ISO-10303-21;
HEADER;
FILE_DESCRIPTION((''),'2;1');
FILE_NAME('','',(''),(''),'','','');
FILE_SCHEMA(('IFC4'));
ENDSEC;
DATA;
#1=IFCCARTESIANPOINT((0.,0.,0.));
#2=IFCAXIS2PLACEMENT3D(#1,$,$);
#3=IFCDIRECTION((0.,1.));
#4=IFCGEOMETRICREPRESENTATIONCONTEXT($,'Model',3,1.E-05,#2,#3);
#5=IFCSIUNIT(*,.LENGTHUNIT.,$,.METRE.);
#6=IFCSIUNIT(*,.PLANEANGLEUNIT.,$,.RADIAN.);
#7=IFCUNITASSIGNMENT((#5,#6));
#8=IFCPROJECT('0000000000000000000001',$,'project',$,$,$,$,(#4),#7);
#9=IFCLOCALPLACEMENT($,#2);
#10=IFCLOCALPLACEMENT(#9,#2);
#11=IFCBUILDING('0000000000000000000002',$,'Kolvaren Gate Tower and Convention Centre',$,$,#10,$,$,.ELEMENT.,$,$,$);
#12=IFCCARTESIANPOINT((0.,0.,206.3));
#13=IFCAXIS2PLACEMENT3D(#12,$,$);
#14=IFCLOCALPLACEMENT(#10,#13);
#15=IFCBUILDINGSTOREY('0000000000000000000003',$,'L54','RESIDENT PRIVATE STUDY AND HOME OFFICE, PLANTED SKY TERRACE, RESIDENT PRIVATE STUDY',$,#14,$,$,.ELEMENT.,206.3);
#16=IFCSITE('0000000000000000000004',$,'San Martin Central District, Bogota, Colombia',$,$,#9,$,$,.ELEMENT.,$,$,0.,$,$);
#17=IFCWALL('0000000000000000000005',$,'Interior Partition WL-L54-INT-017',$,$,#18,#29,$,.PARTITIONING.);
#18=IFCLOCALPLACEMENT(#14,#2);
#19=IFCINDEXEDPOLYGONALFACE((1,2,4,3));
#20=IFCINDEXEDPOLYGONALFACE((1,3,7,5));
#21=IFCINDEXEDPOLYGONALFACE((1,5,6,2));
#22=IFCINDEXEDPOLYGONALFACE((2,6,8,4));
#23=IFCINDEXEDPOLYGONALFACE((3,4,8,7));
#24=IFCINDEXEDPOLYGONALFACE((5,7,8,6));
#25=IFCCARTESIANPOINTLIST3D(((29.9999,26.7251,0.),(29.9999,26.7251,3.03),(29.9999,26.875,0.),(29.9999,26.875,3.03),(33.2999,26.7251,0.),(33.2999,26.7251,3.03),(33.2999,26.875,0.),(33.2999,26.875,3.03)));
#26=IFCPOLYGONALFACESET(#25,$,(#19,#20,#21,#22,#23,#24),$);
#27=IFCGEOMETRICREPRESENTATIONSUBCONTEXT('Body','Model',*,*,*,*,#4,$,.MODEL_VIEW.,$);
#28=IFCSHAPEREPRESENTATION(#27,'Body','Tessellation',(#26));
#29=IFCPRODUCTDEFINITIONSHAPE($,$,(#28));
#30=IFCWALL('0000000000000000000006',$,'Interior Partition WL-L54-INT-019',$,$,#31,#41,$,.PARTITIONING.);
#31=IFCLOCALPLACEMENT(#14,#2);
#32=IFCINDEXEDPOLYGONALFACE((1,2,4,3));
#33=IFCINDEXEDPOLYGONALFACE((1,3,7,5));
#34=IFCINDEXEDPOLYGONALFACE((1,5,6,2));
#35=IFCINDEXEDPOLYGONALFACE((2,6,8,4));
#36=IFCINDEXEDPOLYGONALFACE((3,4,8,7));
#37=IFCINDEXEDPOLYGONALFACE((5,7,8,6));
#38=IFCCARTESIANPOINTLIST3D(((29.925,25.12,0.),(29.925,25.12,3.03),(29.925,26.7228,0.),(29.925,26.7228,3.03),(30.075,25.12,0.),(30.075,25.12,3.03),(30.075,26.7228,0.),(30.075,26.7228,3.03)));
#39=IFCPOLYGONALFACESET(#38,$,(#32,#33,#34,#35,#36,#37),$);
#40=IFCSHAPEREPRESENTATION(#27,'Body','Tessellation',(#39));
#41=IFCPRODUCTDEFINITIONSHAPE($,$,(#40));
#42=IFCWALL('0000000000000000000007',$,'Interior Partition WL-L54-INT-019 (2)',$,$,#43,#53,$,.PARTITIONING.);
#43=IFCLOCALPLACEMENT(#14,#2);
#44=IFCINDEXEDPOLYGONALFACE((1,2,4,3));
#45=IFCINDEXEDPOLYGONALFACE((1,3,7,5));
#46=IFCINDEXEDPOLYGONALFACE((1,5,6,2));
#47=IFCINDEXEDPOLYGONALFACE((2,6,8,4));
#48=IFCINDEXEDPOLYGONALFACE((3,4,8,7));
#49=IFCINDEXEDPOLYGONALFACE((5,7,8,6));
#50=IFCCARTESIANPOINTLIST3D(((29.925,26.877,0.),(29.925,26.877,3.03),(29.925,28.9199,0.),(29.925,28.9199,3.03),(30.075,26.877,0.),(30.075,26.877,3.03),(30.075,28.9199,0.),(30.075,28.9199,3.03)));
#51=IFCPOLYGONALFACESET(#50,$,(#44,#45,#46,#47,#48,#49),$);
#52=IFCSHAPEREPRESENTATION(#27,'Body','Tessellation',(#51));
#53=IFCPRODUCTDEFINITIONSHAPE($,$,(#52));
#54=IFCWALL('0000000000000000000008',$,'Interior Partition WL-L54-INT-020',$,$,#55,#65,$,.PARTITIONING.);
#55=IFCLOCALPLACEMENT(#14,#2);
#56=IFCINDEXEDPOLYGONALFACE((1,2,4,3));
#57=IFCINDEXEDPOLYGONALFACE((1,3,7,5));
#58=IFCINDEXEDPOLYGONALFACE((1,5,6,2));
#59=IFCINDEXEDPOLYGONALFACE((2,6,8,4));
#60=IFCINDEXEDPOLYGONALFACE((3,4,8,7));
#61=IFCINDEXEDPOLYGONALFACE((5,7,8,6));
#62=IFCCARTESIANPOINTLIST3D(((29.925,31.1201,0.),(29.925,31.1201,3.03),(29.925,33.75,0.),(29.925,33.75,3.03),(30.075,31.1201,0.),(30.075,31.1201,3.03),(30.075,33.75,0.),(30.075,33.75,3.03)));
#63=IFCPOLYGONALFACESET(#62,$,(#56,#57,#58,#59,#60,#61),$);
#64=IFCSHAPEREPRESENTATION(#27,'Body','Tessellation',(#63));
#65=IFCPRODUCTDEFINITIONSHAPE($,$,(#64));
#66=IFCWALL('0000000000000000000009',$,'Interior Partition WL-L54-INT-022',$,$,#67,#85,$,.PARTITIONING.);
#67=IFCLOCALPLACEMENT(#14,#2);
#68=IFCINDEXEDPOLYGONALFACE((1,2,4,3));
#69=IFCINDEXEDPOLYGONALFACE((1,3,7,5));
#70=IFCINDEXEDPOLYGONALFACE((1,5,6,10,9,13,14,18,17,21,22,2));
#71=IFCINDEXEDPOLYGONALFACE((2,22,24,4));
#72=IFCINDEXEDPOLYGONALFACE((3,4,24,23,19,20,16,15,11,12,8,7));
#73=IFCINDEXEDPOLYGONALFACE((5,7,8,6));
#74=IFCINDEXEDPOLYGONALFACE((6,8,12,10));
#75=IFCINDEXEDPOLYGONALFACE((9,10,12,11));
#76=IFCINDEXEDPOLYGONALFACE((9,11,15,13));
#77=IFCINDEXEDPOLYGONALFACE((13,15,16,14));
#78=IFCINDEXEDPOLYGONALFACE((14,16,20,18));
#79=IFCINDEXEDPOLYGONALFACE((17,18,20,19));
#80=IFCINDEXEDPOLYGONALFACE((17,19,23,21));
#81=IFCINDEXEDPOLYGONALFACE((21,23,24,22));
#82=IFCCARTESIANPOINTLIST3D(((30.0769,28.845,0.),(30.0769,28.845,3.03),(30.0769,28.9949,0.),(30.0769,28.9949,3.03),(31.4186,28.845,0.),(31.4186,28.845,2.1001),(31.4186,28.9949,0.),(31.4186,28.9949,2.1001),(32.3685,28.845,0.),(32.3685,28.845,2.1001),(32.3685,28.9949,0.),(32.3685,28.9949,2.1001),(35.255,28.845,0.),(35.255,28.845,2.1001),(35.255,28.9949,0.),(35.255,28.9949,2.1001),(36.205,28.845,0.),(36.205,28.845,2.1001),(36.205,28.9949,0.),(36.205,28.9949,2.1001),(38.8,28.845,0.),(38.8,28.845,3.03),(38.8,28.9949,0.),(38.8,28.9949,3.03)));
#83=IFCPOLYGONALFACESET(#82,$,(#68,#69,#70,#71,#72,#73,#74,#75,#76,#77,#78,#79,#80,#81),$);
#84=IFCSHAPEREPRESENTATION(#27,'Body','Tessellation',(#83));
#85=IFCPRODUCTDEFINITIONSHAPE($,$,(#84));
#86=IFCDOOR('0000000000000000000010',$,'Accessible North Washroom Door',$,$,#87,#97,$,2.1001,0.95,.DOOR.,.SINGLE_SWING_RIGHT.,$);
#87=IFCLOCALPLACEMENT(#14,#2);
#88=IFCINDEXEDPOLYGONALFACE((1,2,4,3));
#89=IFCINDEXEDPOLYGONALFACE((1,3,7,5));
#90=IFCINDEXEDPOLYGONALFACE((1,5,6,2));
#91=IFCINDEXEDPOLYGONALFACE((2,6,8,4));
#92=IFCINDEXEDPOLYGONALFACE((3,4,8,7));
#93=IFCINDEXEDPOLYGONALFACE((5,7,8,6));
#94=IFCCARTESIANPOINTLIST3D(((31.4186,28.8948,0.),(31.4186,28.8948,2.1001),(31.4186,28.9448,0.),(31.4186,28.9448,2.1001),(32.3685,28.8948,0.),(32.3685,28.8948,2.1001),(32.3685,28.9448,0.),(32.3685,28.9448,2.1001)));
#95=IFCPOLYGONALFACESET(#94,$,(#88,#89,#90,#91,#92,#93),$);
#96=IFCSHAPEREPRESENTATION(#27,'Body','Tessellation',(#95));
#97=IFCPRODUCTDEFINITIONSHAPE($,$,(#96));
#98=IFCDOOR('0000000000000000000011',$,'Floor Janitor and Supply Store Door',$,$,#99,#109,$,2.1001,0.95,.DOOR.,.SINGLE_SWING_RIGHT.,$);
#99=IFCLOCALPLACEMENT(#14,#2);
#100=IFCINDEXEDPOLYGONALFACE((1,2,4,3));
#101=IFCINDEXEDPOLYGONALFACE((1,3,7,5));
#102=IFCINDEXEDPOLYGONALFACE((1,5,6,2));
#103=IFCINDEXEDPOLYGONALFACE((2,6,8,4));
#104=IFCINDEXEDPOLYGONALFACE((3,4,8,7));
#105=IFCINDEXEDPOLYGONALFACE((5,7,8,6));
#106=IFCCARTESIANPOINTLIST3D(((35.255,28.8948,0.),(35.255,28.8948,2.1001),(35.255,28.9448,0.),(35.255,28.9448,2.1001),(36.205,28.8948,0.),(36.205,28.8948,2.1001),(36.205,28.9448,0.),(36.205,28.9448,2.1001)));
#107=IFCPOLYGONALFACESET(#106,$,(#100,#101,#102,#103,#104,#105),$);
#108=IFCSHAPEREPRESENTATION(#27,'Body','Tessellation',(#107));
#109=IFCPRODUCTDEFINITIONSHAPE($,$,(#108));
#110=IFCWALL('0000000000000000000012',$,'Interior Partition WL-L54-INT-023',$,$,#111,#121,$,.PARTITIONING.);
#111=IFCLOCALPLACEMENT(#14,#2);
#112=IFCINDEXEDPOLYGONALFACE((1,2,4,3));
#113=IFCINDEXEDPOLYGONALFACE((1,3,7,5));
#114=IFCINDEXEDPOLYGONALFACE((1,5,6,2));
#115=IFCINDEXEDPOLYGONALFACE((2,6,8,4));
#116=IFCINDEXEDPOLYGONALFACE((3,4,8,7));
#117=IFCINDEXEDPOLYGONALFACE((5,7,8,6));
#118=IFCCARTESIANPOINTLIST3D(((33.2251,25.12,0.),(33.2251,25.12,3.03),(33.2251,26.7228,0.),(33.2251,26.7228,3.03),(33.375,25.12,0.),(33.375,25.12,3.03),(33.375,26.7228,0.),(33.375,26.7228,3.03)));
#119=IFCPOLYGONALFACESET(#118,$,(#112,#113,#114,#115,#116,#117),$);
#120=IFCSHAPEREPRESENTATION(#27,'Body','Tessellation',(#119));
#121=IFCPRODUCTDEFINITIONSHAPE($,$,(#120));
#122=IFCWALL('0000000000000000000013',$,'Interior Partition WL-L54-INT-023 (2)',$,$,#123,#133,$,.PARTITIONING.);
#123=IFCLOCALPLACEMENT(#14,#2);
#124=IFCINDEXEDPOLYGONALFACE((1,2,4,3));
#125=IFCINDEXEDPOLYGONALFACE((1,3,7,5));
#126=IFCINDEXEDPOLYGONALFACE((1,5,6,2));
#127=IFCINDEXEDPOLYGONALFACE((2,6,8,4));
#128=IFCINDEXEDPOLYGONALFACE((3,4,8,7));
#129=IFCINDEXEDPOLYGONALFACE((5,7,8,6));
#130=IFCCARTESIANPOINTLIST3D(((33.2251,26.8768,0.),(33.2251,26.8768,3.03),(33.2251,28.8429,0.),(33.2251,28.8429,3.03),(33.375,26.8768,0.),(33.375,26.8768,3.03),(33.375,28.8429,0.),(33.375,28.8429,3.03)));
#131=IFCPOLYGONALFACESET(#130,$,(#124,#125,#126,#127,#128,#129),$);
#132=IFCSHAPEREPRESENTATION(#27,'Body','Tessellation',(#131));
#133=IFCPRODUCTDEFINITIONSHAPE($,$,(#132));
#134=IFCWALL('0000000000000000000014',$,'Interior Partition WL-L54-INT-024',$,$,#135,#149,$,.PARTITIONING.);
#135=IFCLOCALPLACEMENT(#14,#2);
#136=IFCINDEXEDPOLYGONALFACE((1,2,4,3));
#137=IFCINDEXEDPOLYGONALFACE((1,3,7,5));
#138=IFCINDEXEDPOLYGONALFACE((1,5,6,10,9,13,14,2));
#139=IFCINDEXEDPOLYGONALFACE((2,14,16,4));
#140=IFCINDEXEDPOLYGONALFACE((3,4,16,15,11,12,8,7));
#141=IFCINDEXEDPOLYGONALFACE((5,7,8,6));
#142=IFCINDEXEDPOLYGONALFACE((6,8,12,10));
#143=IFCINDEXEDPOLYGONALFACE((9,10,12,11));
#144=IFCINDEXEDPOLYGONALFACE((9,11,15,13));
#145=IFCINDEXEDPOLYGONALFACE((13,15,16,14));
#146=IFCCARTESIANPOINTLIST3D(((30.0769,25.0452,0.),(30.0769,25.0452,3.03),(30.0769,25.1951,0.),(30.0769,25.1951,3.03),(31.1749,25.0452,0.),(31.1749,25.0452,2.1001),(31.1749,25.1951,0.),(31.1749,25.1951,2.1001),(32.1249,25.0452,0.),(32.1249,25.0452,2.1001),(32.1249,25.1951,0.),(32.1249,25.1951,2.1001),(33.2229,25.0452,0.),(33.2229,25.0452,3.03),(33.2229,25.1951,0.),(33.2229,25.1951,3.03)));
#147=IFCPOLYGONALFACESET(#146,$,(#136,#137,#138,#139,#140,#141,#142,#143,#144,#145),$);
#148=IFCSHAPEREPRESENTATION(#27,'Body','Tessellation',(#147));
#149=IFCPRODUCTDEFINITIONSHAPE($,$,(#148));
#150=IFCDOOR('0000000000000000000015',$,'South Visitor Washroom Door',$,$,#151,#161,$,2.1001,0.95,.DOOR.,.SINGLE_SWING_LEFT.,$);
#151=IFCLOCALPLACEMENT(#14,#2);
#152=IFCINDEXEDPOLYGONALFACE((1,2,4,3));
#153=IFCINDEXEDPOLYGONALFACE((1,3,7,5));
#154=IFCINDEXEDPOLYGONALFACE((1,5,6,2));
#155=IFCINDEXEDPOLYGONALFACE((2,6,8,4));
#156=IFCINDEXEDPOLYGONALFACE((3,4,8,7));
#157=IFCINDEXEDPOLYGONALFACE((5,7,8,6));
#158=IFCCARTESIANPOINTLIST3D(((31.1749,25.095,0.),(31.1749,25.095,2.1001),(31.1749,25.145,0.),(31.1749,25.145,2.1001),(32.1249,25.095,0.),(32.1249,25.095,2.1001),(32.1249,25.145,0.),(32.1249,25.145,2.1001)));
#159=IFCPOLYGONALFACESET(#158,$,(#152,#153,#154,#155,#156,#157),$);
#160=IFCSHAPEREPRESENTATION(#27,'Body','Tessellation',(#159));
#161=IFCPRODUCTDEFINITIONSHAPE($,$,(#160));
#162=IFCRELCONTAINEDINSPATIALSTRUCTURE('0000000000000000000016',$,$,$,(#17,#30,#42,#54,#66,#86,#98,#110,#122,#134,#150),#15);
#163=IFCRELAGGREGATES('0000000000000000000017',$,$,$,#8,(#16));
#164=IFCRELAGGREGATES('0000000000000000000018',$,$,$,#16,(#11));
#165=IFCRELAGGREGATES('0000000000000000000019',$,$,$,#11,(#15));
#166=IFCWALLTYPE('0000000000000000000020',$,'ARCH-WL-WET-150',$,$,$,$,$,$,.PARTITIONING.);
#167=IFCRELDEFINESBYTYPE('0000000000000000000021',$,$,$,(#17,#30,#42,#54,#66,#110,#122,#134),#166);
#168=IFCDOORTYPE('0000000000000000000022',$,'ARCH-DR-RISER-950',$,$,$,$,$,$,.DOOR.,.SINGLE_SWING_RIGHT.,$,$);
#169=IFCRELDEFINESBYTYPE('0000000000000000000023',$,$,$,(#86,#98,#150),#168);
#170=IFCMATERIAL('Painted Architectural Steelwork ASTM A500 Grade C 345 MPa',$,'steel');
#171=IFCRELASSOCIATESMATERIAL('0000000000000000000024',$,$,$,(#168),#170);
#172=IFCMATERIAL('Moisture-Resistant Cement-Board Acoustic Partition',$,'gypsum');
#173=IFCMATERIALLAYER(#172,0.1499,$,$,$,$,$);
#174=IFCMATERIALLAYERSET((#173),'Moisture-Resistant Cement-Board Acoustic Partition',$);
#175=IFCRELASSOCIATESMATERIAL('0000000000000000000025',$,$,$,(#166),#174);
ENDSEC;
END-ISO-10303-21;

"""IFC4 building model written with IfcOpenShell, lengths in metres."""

from ifc_helpers import new_model, si_unit, direction, frame, frame_2d, origin, place, context, subcontext, project, spatial, rectangle, extrude, material, layer, layer_set, type_object, element, fill, save


model = new_model("IFC4")

# Units and contexts
model_context = context("Model", 3, precision=1e-05, world=origin(), true_north=direction((0.0, 1.0)))
body_context = subcontext(model_context, "Body", "Model", "MODEL_VIEW")
ifc_project = project(units=[si_unit("LENGTHUNIT", "METRE"), si_unit("PLANEANGLEUNIT", "RADIAN")], contexts=[model_context])

# Site, building, storey
site_placement = place(None, origin())
site = spatial("IfcSite", under=ifc_project, at=site_placement, Name="San Martin Central District, Bogota, Colombia", CompositionType="ELEMENT", RefElevation=0.0)
building_placement = place(site_placement, origin())
building = spatial("IfcBuilding", under=site, at=building_placement, Name="Kolvaren Gate Tower and Convention Centre", CompositionType="ELEMENT")
storey_placement = place(building_placement, frame((0.0, 0.0, 206.3)))
storey = spatial("IfcBuildingStorey", under=building, at=storey_placement, Name="L54", Description="RESIDENT PRIVATE STUDY AND HOME OFFICE, PLANTED SKY TERRACE, RESIDENT PRIVATE STUDY", CompositionType="ELEMENT", Elevation=206.3)

# Shared definitions
ifc_material_1 = material(Name="Painted Architectural Steelwork ASTM A500 Grade C 345 MPa", Category="steel")
door_type_1 = type_object("IfcDoorType", Name="ARCH-DR-RISER-950", OperationType="SINGLE_SWING_RIGHT", PredefinedType="DOOR", material=ifc_material_1)

# Walls
ifc_material_2 = material(Name="Moisture-Resistant Cement-Board Acoustic Partition", Category="gypsum")
ifc_layer_1 = layer(ifc_material_2, 0.1499)
ifc_layer_set_1 = layer_set([ifc_layer_1], Name="Moisture-Resistant Cement-Board Acoustic Partition")
wall_type_1 = type_object("IfcWallType", Name="ARCH-WL-WET-150", PredefinedType="PARTITIONING", material=ifc_layer_set_1)
wall_1_placement = place(storey_placement, frame((30.0, 26.8, 0.0), z_axis=(0.0, 0.0, 1.0), x_axis=(1.0, 0.0, 0.0)))
element("IfcWall", 1, at=wall_1_placement, inside=storey, type_object=wall_type_1, Name="Interior Partition WL-L54-INT-017", PredefinedType="PARTITIONING", context=body_context, shape_type="SweptSolid", body=[
    extrude(rectangle(XDim=3.3, YDim=0.1499, at=frame_2d((1.6499, 0.0))), origin(), (0.0, 0.0, 1.0), 3.03),
])
wall_2_placement = place(storey_placement, frame((30.0, 25.1201, 0.0), z_axis=(0.0, 0.0, 1.0), x_axis=(0.0, 1.0, 0.0)))
element("IfcWall", 2, at=wall_2_placement, inside=storey, type_object=wall_type_1, Name="Interior Partition WL-L54-INT-019", PredefinedType="PARTITIONING", context=body_context, shape_type="SweptSolid", body=[
    extrude(rectangle(XDim=1.6028, YDim=0.1499, at=frame_2d((0.8013, 0.0))), origin(), (0.0, 0.0, 1.0), 3.03),
])
wall_3_placement = place(storey_placement, frame((30.0, 26.877, 0.0), z_axis=(0.0, 0.0, 1.0), x_axis=(0.0, 1.0, 0.0)))
element("IfcWall", 3, at=wall_3_placement, inside=storey, type_object=wall_type_1, Name="Interior Partition WL-L54-INT-019 (2)", PredefinedType="PARTITIONING", context=body_context, shape_type="SweptSolid", body=[
    extrude(rectangle(XDim=2.043, YDim=0.1499, at=frame_2d((1.0215, 0.0))), origin(), (0.0, 0.0, 1.0), 3.03),
])
wall_4_placement = place(storey_placement, frame((30.0, 31.1201, 0.0), z_axis=(0.0, 0.0, 1.0), x_axis=(0.0, 1.0, 0.0)))
element("IfcWall", 4, at=wall_4_placement, inside=storey, type_object=wall_type_1, Name="Interior Partition WL-L54-INT-020", PredefinedType="PARTITIONING", context=body_context, shape_type="SweptSolid", body=[
    extrude(rectangle(XDim=2.6299, YDim=0.1499, at=frame_2d((1.3149, 0.0))), origin(), (0.0, 0.0, 1.0), 3.03),
])

# Wall, openings, doors
wall_5_placement = place(storey_placement, frame((30.0769, 28.9199, 0.0), z_axis=(0.0, 0.0, 1.0), x_axis=(1.0, 0.0, 0.0)))
wall_5 = element("IfcWall", 5, at=wall_5_placement, inside=storey, type_object=wall_type_1, Name="Interior Partition WL-L54-INT-022", PredefinedType="PARTITIONING", context=body_context, shape_type="SweptSolid", body=[
    extrude(rectangle(XDim=8.7231, YDim=0.1499, at=frame_2d((4.3616, 0.0))), origin(), (0.0, 0.0, 1.0), 3.03),
])
opening_1_placement = place(wall_5_placement, frame((1.3416, 0.0, 0.0)))
opening_1 = element("IfcOpeningElement", 6, at=opening_1_placement, cuts=wall_5, PredefinedType="OPENING", context=body_context, shape_type="SweptSolid", body=[
    extrude(rectangle(XDim=0.95, YDim=2.1001, at=frame_2d((0.4751, 1.05))), frame((0.0, 0.085, 0.0), z_axis=(0.0, -1.0, 0.0), x_axis=(1.0, 0.0, 0.0)), (0.0, 0.0, 1.0), 0.1699),
])
opening_2_placement = place(wall_5_placement, frame((5.178, 0.0, 0.0)))
opening_2 = element("IfcOpeningElement", 7, at=opening_2_placement, cuts=wall_5, PredefinedType="OPENING", context=body_context, shape_type="SweptSolid", body=[
    extrude(rectangle(XDim=0.95, YDim=2.1001, at=frame_2d((0.4751, 1.05))), frame((0.0, 0.085, 0.0), z_axis=(0.0, -1.0, 0.0), x_axis=(1.0, 0.0, 0.0)), (0.0, 0.0, 1.0), 0.1699),
])
door_1_placement = place(opening_1_placement, origin())
door_1 = element("IfcDoor", 8, at=door_1_placement, inside=storey, type_object=door_type_1, Name="Accessible North Washroom Door", OperationType="SINGLE_SWING_RIGHT", OverallHeight=2.1001, OverallWidth=0.95, PredefinedType="DOOR", context=body_context, shape_type="SweptSolid", body=[
    extrude(rectangle(XDim=0.95, YDim=2.1001, at=frame_2d((0.4751, 1.05))), frame((0.0, 0.0249, 0.0), z_axis=(0.0, -1.0, 0.0), x_axis=(1.0, 0.0, 0.0)), (0.0, 0.0, 1.0), 0.05),
])
fill(opening_1, door_1)
door_2_placement = place(opening_2_placement, origin())
door_2 = element("IfcDoor", 9, at=door_2_placement, inside=storey, type_object=door_type_1, Name="Floor Janitor and Supply Store Door", OperationType="SINGLE_SWING_RIGHT", OverallHeight=2.1001, OverallWidth=0.95, PredefinedType="DOOR", context=body_context, shape_type="SweptSolid", body=[
    extrude(rectangle(XDim=0.95, YDim=2.1001, at=frame_2d((0.4751, 1.05))), frame((0.0, 0.0249, 0.0), z_axis=(0.0, -1.0, 0.0), x_axis=(1.0, 0.0, 0.0)), (0.0, 0.0, 1.0), 0.05),
])
fill(opening_2, door_2)

# Walls
wall_6_placement = place(storey_placement, frame((33.3, 25.1201, 0.0), z_axis=(0.0, 0.0, 1.0), x_axis=(0.0, 1.0, 0.0)))
element("IfcWall", 10, at=wall_6_placement, inside=storey, type_object=wall_type_1, Name="Interior Partition WL-L54-INT-023", PredefinedType="PARTITIONING", context=body_context, shape_type="SweptSolid", body=[
    extrude(rectangle(XDim=1.6028, YDim=0.1499, at=frame_2d((0.8013, 0.0))), origin(), (0.0, 0.0, 1.0), 3.03),
])
wall_7_placement = place(storey_placement, frame((33.3, 26.877, 0.0), z_axis=(0.0, 0.0, 1.0), x_axis=(0.0, 1.0, 0.0)))
element("IfcWall", 11, at=wall_7_placement, inside=storey, type_object=wall_type_1, Name="Interior Partition WL-L54-INT-023 (2)", PredefinedType="PARTITIONING", context=body_context, shape_type="SweptSolid", body=[
    extrude(rectangle(XDim=1.9661, YDim=0.1499, at=frame_2d((0.9829, 0.0))), origin(), (0.0, 0.0, 1.0), 3.03),
])

# Wall, opening, door
wall_8_placement = place(storey_placement, frame((30.0769, 25.1201, 0.0), z_axis=(0.0, 0.0, 1.0), x_axis=(1.0, 0.0, 0.0)))
wall_8 = element("IfcWall", 12, at=wall_8_placement, inside=storey, type_object=wall_type_1, Name="Interior Partition WL-L54-INT-024", PredefinedType="PARTITIONING", context=body_context, shape_type="SweptSolid", body=[
    extrude(rectangle(XDim=3.146, YDim=0.1499, at=frame_2d((1.573, 0.0))), origin(), (0.0, 0.0, 1.0), 3.03),
])
opening_3_placement = place(wall_8_placement, frame((1.0979, 0.0, 0.0)))
opening_3 = element("IfcOpeningElement", 13, at=opening_3_placement, cuts=wall_8, PredefinedType="OPENING", context=body_context, shape_type="SweptSolid", body=[
    extrude(rectangle(XDim=0.95, YDim=2.1001, at=frame_2d((0.4751, 1.05))), frame((0.0, 0.085, 0.0), z_axis=(0.0, -1.0, 0.0), x_axis=(1.0, 0.0, 0.0)), (0.0, 0.0, 1.0), 0.1699),
])
door_3_placement = place(opening_3_placement, origin())
door_3 = element("IfcDoor", 14, at=door_3_placement, inside=storey, type_object=door_type_1, Name="South Visitor Washroom Door", OperationType="SINGLE_SWING_LEFT", OverallHeight=2.1001, OverallWidth=0.95, PredefinedType="DOOR", context=body_context, shape_type="SweptSolid", body=[
    extrude(rectangle(XDim=0.95, YDim=2.1001, at=frame_2d((0.4751, 1.05))), frame((0.0, 0.0249, 0.0), z_axis=(0.0, -1.0, 0.0), x_axis=(1.0, 0.0, 0.0)), (0.0, 0.0, 1.0), 0.05),
])
fill(opening_3, door_3)

save(model, "model.ifc")
